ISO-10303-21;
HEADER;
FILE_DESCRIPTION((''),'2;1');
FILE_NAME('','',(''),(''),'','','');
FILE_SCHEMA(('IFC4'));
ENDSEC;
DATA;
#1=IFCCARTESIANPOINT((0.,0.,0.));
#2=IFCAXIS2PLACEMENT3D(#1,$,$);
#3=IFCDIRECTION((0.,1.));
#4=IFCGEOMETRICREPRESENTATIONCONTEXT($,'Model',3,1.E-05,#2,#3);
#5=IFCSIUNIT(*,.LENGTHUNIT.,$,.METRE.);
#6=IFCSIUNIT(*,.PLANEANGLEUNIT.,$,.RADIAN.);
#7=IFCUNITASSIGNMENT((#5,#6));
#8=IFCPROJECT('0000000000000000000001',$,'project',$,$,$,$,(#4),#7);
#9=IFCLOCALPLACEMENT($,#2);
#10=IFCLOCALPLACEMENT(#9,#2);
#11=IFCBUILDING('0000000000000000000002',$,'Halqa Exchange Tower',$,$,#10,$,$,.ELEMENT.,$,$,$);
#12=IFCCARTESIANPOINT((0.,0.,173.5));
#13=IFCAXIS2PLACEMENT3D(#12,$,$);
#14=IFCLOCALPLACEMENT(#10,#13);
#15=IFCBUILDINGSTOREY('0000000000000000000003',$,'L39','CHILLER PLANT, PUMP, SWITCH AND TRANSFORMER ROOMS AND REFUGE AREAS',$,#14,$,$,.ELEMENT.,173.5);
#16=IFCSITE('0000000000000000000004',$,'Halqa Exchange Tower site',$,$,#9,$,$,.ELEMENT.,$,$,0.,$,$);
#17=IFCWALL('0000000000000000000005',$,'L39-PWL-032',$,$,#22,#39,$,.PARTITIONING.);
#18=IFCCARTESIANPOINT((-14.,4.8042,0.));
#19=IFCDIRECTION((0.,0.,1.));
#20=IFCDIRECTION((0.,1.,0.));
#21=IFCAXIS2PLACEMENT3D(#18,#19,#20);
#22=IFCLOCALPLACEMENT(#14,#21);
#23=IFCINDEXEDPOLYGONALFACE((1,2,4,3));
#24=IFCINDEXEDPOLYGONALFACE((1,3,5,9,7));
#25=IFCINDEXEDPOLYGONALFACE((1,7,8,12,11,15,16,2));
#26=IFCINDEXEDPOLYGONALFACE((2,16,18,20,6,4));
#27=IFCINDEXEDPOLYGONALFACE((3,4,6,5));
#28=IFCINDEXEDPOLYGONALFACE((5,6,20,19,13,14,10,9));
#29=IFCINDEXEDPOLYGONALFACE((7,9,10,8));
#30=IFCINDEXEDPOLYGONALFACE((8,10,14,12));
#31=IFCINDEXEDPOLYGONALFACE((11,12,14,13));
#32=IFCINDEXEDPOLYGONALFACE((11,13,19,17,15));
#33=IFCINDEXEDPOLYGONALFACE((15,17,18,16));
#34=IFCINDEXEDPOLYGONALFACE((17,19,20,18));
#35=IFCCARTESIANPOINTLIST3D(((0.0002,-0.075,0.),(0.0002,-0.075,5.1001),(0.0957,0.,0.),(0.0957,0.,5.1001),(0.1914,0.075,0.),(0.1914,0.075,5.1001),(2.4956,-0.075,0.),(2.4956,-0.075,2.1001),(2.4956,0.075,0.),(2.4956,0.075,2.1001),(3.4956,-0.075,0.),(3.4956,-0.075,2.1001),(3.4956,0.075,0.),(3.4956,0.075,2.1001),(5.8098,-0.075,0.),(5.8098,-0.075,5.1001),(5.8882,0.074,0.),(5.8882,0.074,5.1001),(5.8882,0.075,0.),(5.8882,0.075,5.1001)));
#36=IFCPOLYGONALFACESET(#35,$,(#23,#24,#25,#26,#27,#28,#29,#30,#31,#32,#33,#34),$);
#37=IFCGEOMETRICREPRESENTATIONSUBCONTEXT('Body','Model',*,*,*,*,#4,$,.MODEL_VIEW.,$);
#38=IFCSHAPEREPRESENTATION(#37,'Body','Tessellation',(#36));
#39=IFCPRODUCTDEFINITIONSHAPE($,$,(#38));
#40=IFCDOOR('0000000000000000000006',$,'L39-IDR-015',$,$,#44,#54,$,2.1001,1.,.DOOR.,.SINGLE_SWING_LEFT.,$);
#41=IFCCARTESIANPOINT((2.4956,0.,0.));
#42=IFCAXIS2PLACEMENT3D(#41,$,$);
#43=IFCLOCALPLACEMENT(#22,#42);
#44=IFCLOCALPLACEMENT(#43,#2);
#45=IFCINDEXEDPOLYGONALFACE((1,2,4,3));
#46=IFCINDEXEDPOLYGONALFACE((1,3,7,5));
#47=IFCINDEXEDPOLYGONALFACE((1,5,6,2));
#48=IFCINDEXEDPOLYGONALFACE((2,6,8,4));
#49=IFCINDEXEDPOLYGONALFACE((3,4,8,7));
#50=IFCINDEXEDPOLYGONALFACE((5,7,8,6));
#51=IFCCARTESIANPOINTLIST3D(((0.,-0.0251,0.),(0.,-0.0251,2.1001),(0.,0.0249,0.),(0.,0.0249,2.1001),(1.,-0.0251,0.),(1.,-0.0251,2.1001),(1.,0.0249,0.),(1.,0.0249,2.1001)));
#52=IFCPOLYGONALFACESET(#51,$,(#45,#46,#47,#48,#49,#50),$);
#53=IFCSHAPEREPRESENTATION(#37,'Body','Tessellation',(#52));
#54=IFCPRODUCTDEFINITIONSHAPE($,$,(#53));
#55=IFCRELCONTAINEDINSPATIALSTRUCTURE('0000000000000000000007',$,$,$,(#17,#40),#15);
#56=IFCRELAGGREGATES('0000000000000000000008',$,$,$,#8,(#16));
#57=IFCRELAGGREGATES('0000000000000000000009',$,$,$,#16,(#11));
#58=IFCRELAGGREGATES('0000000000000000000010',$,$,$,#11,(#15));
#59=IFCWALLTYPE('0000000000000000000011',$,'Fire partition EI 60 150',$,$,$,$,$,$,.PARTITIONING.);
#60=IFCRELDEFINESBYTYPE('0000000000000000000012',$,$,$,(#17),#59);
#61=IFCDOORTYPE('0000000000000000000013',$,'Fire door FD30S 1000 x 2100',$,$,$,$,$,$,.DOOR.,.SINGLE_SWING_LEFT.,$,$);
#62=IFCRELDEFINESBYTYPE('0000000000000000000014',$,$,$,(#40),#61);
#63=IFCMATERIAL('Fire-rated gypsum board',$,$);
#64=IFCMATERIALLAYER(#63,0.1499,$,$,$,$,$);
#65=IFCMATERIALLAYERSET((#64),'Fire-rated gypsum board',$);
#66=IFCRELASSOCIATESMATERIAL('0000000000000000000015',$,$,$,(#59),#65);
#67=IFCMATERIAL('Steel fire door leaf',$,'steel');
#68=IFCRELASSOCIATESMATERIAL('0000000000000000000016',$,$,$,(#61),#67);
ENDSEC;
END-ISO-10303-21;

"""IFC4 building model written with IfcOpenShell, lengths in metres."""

from ifc_helpers import new_model, si_unit, direction, frame, frame_2d, origin, place, context, subcontext, project, spatial, polyline, rectangle, outline, extrude, material, layer, layer_set, type_object, element, fill, save


model = new_model("IFC4")

# Units and contexts
model_context = context("Model", 3, precision=1e-05, world=origin(), true_north=direction((0.0, 1.0)))
body_context = subcontext(model_context, "Body", "Model", "MODEL_VIEW")
ifc_project = project(units=[si_unit("LENGTHUNIT", "METRE"), si_unit("PLANEANGLEUNIT", "RADIAN")], contexts=[model_context])

# Site, building, storey
site_placement = place(None, origin())
site = spatial("IfcSite", under=ifc_project, at=site_placement, Name="Halqa Exchange Tower site", CompositionType="ELEMENT", RefElevation=0.0)
building_placement = place(site_placement, origin())
building = spatial("IfcBuilding", under=site, at=building_placement, Name="Halqa Exchange Tower", CompositionType="ELEMENT")
storey_placement = place(building_placement, frame((0.0, 0.0, 173.5)))
storey = spatial("IfcBuildingStorey", under=building, at=storey_placement, Name="L39", Description="CHILLER PLANT, PUMP, SWITCH AND TRANSFORMER ROOMS AND REFUGE AREAS", CompositionType="ELEMENT", Elevation=173.5)

# Wall, opening, door
ifc_material_1 = material(Name="Fire-rated gypsum board")
ifc_layer_1 = layer(ifc_material_1, 0.1499)
ifc_layer_set_1 = layer_set([ifc_layer_1], Name="Fire-rated gypsum board")
wall_type_1 = type_object("IfcWallType", Name="Fire partition EI 60 150", PredefinedType="PARTITIONING", material=ifc_layer_set_1)
ifc_material_2 = material(Name="Steel fire door leaf", Category="steel")
door_type_1 = type_object("IfcDoorType", Name="Fire door FD30S 1000 x 2100", OperationType="SINGLE_SWING_LEFT", PredefinedType="DOOR", material=ifc_material_2)
wall_1_placement = place(storey_placement, frame((-14.0, 4.8042, 0.0), z_axis=(0.0, 0.0, 1.0), x_axis=(0.0, 1.0, 0.0)))
wall_1 = element("IfcWall", 1, at=wall_1_placement, inside=storey, type_object=wall_type_1, Name="L39-PWL-032", PredefinedType="PARTITIONING", context=body_context, shape_type="SweptSolid", body=[
    extrude(outline(polyline([(0.0002, -0.075), (1.9368, -0.075), (3.8733, -0.075), (5.8098, -0.075), (5.8882, 0.074), (5.8882, 0.075), (3.9893, 0.075), (2.0903, 0.075), (0.1914, 0.075), (0.0957, 0.0), (0.0002, -0.075)])), origin(), (0.0, 0.0, 1.0), 5.1001),
])
opening_1_placement = place(wall_1_placement, frame((2.4956, 0.0, 0.0)))
opening_1 = element("IfcOpeningElement", 2, at=opening_1_placement, cuts=wall_1, PredefinedType="OPENING", context=body_context, shape_type="SweptSolid", body=[
    extrude(rectangle(XDim=1.0, YDim=2.1001, at=frame_2d((0.5, 1.05))), frame((0.0, 0.0869, 0.0), z_axis=(0.0, -1.0, 0.0), x_axis=(1.0, 0.0, 0.0)), (0.0, 0.0, 1.0), 0.1738),
])
door_1_placement = place(opening_1_placement, origin())
door_1 = element("IfcDoor", 3, at=door_1_placement, inside=storey, type_object=door_type_1, Name="L39-IDR-015", OperationType="SINGLE_SWING_LEFT", OverallHeight=2.1001, OverallWidth=1.0, PredefinedType="DOOR", context=body_context, shape_type="SweptSolid", body=[
    extrude(rectangle(XDim=1.0, YDim=2.1001, at=frame_2d((0.5, 1.05))), frame((0.0, 0.0249, 0.0), z_axis=(0.0, -1.0, 0.0), x_axis=(1.0, 0.0, 0.0)), (0.0, 0.0, 1.0), 0.05),
])
fill(opening_1, door_1)

save(model, "model.ifc")
